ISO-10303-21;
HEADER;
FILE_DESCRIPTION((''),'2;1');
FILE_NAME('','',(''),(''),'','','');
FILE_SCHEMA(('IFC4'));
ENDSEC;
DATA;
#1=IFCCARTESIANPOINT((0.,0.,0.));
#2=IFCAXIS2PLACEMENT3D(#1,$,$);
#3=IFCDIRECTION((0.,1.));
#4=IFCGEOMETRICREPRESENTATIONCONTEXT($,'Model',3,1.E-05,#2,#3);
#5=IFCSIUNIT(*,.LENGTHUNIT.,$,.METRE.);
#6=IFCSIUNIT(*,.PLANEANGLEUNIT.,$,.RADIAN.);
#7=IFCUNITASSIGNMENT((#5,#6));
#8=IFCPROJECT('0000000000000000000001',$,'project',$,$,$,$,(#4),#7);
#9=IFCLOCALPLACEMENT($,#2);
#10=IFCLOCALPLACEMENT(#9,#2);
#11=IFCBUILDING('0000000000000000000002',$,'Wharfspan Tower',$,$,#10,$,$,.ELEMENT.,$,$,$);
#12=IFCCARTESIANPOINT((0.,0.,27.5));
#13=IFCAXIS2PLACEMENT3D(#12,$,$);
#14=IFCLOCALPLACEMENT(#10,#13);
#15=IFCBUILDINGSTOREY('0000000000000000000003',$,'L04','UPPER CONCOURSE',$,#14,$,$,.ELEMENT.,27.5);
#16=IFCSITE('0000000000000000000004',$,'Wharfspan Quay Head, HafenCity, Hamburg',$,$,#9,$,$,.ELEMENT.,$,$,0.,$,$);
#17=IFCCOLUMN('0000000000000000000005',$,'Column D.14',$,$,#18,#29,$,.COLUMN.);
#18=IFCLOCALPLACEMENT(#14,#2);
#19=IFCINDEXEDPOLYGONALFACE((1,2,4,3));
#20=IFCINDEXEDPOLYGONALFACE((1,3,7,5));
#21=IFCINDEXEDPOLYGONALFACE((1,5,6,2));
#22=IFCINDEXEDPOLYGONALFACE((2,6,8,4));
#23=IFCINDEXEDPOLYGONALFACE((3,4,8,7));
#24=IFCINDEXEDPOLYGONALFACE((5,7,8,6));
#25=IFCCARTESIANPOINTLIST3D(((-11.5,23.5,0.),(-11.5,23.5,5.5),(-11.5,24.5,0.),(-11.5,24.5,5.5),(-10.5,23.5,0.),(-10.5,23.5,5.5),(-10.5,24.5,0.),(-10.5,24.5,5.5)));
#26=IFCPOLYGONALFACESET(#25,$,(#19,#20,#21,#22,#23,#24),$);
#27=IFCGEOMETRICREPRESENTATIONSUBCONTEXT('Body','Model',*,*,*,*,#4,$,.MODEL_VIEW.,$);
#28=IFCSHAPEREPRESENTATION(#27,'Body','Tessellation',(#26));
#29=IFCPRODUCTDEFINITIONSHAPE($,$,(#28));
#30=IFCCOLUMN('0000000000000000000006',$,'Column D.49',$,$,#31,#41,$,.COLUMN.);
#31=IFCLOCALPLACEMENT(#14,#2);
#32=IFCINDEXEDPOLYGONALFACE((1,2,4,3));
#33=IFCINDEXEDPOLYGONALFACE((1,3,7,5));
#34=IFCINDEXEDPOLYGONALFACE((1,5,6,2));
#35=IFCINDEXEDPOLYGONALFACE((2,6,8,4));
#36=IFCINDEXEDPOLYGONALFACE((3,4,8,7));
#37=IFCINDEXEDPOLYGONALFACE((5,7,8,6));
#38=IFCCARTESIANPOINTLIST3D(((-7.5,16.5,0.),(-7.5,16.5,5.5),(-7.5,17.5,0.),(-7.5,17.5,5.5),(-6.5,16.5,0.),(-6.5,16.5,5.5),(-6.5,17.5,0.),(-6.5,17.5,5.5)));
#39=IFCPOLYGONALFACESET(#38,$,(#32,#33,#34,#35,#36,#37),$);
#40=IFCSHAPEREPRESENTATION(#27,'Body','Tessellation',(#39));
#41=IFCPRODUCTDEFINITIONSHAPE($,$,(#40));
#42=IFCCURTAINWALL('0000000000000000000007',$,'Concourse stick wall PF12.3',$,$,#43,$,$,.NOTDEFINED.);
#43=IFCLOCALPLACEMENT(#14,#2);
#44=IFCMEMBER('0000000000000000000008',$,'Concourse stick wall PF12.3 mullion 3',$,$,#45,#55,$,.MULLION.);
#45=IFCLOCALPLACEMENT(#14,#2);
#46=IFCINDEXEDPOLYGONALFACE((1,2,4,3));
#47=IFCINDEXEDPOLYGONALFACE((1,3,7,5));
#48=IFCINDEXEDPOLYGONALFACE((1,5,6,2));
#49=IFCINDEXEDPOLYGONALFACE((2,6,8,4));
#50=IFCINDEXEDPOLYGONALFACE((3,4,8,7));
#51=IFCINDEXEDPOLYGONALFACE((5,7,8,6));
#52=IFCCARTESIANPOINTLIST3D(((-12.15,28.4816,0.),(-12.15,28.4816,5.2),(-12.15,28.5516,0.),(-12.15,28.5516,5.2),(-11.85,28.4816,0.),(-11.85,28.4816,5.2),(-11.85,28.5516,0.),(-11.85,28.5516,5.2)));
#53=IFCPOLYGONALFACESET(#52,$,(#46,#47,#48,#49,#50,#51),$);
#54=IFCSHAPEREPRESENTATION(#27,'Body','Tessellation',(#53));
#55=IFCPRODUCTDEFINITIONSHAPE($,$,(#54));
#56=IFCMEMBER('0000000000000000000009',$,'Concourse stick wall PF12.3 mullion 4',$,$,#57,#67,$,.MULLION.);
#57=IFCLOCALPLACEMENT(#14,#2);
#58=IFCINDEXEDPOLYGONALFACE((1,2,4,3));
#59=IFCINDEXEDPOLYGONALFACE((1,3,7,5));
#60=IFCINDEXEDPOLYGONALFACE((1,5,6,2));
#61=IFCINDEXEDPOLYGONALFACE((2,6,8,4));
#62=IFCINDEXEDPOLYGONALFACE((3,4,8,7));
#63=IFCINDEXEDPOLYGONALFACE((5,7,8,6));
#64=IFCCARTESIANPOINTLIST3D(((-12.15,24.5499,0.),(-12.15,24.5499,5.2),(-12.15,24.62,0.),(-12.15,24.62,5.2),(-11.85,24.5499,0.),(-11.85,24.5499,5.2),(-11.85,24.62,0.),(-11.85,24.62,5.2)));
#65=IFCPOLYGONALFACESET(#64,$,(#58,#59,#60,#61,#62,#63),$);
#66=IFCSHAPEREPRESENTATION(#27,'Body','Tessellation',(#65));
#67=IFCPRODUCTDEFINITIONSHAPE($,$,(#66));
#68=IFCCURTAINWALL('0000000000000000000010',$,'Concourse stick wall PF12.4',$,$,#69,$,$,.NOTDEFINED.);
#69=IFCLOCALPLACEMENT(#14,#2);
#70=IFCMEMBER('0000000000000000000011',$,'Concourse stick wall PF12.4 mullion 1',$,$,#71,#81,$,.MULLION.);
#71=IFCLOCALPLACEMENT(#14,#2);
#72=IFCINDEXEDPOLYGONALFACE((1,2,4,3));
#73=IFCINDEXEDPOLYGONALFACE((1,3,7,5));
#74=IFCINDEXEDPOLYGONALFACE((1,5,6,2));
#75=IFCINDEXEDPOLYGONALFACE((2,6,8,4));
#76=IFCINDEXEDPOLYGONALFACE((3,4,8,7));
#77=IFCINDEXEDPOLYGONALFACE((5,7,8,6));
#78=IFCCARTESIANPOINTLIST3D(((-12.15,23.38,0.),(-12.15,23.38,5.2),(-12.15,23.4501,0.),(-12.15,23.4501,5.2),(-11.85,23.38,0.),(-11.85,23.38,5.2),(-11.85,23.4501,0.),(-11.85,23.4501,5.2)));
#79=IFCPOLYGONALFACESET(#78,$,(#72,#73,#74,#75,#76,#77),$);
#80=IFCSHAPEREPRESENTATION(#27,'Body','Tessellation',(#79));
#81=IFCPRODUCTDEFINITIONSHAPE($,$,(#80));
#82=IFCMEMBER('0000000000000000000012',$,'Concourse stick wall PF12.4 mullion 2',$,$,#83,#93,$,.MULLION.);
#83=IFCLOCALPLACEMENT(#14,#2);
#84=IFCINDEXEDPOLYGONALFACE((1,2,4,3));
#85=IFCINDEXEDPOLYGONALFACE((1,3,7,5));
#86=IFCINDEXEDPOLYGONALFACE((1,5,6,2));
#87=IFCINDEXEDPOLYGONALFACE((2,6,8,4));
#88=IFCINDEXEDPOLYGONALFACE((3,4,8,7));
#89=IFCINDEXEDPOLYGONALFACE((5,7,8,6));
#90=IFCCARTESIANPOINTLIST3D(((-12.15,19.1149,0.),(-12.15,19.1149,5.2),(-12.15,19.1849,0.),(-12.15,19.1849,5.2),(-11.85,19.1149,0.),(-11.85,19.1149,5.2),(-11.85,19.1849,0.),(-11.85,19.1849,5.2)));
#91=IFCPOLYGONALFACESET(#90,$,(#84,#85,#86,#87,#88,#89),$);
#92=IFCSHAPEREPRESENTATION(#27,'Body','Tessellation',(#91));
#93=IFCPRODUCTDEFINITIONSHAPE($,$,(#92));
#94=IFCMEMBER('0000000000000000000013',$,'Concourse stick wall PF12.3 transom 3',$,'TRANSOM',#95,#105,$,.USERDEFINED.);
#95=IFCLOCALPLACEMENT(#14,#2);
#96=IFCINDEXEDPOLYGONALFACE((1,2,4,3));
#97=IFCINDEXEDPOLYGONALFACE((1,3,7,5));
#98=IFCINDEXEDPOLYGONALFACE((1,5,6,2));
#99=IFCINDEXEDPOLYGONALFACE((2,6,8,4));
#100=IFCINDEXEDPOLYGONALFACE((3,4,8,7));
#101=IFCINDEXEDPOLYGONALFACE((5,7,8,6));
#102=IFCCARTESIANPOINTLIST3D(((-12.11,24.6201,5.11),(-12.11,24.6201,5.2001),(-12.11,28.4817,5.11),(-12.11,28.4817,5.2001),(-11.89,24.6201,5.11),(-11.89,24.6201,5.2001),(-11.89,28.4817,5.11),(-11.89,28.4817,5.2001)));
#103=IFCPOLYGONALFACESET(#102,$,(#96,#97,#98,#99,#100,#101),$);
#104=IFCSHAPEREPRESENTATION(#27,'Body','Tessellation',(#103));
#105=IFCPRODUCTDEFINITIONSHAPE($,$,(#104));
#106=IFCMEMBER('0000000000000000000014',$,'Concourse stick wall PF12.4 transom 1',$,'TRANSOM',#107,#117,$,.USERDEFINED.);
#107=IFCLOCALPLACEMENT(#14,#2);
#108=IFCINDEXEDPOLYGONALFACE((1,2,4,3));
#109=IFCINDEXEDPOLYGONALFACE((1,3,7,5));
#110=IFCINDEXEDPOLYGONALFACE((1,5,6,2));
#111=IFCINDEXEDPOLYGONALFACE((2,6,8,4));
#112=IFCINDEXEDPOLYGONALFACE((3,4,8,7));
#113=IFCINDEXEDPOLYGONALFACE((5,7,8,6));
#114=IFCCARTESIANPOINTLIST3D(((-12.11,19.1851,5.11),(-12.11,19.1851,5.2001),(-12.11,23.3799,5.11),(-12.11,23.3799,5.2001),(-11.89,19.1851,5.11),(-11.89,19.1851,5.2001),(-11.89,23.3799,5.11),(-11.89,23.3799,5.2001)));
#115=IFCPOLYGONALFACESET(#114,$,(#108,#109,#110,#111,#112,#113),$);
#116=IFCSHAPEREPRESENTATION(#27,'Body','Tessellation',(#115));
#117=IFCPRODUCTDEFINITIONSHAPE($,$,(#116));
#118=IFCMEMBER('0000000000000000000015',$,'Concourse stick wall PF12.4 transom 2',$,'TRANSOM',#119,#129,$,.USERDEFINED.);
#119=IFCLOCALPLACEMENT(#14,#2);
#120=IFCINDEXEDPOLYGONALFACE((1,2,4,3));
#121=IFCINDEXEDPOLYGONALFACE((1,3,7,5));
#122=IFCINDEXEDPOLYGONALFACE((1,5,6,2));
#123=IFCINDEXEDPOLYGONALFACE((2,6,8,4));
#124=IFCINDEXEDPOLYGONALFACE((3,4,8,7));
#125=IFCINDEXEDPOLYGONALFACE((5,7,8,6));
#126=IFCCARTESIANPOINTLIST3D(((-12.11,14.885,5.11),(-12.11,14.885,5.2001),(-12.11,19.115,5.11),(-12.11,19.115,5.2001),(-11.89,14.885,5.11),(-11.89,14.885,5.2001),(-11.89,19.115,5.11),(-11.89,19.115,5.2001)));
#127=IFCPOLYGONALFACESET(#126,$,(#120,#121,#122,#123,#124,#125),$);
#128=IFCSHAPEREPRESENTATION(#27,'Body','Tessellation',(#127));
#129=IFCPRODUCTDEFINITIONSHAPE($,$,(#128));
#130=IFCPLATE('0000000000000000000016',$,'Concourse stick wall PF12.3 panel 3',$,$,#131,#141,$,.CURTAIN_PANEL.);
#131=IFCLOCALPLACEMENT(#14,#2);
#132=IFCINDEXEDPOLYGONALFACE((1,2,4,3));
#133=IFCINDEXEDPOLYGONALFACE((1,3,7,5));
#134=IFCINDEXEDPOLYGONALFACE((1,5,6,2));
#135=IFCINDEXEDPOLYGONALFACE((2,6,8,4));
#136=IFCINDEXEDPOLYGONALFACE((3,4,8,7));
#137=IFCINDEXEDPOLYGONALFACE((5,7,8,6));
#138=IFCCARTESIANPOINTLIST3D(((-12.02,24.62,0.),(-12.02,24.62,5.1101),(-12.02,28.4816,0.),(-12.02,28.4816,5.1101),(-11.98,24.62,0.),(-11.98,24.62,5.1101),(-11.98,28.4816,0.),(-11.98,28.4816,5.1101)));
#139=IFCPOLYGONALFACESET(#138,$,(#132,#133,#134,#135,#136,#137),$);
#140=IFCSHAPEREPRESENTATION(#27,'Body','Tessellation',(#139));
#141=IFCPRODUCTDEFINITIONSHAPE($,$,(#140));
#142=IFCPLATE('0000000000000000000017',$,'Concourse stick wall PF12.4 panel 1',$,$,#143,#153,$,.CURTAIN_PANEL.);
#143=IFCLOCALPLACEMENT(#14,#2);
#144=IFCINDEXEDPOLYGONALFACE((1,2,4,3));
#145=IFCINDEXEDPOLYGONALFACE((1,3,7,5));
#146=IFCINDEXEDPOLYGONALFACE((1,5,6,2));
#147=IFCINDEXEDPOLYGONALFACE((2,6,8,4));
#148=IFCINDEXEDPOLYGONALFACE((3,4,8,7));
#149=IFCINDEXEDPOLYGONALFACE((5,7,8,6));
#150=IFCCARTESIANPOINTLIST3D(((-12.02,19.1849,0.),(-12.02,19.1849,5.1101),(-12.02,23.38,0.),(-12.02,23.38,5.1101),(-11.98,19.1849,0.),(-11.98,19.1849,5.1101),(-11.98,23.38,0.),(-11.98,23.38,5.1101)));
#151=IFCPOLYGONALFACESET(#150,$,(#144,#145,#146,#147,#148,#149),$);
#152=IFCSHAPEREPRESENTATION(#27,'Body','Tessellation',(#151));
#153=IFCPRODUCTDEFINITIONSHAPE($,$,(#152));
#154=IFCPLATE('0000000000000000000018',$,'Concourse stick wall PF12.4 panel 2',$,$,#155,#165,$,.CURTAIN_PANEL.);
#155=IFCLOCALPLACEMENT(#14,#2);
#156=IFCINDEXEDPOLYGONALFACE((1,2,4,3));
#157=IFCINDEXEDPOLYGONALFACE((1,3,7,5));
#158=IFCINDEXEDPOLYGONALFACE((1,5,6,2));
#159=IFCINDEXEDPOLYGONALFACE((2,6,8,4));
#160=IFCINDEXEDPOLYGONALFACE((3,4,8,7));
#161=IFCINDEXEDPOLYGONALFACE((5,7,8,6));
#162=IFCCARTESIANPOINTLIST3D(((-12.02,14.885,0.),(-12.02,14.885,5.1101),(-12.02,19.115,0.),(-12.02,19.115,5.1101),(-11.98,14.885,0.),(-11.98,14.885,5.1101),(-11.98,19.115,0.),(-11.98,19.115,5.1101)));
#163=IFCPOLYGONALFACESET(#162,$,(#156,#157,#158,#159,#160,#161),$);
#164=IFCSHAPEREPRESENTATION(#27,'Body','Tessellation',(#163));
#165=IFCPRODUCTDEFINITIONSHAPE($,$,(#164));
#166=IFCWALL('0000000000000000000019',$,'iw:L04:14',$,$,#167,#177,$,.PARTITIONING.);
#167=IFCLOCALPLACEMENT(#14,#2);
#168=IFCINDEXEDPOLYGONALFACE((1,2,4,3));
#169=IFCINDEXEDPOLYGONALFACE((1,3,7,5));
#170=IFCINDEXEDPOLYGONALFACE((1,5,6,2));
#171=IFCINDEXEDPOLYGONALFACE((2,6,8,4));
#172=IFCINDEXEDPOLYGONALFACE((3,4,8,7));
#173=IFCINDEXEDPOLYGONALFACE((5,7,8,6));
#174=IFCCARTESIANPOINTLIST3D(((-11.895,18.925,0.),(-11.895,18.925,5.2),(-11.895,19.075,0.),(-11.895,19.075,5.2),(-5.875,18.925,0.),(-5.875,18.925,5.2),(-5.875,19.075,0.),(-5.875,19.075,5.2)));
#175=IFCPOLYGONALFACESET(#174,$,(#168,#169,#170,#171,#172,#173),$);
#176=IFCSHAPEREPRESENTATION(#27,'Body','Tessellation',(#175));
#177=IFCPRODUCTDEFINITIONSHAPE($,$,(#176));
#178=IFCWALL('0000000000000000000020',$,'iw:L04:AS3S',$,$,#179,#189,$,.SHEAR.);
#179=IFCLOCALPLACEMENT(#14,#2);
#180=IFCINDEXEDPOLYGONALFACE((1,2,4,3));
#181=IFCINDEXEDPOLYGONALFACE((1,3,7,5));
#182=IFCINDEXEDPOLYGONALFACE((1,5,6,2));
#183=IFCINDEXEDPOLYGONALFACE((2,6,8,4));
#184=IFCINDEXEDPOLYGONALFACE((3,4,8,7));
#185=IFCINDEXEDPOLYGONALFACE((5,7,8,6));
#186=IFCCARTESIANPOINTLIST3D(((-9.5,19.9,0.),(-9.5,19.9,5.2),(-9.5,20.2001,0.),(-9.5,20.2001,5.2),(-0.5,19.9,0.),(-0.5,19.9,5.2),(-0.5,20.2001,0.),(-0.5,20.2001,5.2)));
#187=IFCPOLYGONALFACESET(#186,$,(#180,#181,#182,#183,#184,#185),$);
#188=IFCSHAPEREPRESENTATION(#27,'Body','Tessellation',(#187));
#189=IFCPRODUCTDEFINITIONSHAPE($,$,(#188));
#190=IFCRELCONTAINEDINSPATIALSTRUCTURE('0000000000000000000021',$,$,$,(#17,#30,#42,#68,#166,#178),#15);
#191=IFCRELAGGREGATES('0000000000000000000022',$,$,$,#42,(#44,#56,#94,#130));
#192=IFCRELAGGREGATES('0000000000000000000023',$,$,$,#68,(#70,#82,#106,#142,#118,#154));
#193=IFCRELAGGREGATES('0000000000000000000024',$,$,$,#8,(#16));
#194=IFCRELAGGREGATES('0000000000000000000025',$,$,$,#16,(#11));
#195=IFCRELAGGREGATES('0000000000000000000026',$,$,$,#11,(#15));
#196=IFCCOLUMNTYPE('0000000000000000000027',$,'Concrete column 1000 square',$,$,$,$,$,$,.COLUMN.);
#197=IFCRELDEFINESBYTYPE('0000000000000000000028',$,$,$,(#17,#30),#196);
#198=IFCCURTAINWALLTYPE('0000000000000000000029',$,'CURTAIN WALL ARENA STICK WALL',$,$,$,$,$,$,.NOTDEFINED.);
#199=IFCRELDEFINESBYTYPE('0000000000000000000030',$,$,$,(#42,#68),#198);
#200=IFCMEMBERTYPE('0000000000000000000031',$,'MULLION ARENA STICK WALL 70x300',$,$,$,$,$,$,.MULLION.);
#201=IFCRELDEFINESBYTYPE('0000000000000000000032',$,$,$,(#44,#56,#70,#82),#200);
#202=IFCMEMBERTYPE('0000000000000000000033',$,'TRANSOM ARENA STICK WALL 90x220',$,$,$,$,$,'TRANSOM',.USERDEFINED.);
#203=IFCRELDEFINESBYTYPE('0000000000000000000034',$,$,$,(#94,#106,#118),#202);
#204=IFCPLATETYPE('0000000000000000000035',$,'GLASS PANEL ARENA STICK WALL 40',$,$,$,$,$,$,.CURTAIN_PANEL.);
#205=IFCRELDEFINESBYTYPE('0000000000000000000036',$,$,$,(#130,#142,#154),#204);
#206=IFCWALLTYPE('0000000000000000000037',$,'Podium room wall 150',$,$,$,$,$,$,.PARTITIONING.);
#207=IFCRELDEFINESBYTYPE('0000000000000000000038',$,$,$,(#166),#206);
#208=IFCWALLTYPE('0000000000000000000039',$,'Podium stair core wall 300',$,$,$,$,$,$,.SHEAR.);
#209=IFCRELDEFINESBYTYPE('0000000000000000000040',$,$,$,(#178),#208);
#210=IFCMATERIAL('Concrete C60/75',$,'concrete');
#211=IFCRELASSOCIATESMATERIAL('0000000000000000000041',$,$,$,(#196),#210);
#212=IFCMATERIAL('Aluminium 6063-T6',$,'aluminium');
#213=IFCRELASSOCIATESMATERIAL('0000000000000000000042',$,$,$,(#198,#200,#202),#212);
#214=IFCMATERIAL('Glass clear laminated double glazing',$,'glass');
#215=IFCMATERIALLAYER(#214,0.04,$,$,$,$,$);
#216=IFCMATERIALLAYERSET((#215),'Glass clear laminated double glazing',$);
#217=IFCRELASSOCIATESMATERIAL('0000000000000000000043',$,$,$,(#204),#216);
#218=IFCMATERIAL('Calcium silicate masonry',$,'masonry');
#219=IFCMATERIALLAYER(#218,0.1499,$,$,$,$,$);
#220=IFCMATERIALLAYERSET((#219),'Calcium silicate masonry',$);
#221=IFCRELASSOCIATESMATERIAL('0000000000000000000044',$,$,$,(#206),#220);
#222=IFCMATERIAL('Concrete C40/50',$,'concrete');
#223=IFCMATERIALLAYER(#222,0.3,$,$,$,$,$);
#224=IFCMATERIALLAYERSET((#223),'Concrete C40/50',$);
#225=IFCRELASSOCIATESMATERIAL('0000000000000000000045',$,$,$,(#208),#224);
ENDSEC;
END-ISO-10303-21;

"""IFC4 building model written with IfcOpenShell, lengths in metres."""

from ifc_helpers import new_model, si_unit, direction, frame, frame_2d, origin, origin_2d, place, context, subcontext, project, spatial, rectangle, extrude, material, layer, layer_set, material_profile, profile_set, type_object, element, aggregate, save


model = new_model("IFC4")

# Units and contexts
model_context = context("Model", 3, precision=1e-05, world=origin(), true_north=direction((0.0, 1.0)))
body_context = subcontext(model_context, "Body", "Model", "MODEL_VIEW")
ifc_project = project(units=[si_unit("LENGTHUNIT", "METRE"), si_unit("PLANEANGLEUNIT", "RADIAN")], contexts=[model_context])

# Site, building, storey
site_placement = place(None, origin())
site = spatial("IfcSite", under=ifc_project, at=site_placement, Name="Wharfspan Quay Head, HafenCity, Hamburg", CompositionType="ELEMENT", RefElevation=0.0)
building_placement = place(site_placement, origin())
building = spatial("IfcBuilding", under=site, at=building_placement, Name="Wharfspan Tower", CompositionType="ELEMENT")
storey_placement = place(building_placement, frame((0.0, 0.0, 27.5)))
storey = spatial("IfcBuildingStorey", under=building, at=storey_placement, Name="L04", Description="UPPER CONCOURSE", CompositionType="ELEMENT", Elevation=27.5)

# Columns
ifc_material_1 = material(Name="Concrete C60/75", Category="concrete")
ifc_material_profile_1 = material_profile(ifc_material_1, rectangle(XDim=1.0, YDim=1.0, at=origin_2d()))
ifc_profile_set_1 = profile_set([ifc_material_profile_1], Name="Concrete C60/75")
column_type = type_object("IfcColumnType", Name="Concrete column 1000 square", PredefinedType="COLUMN", material=ifc_profile_set_1)
for number, where, z_axis, x_axis, name in (
    (1, (-11.0, 24.0, 0.0), (0.0, 0.0, 1.0), (1.0, 0.0, 0.0), "Column D.14"),
    (2, (-7.0, 17.0, 0.0), (0.0, 0.0, 1.0), (1.0, 0.0, 0.0), "Column D.49"),
):
    element("IfcColumn", number, at=place(storey_placement, frame(where, z_axis=z_axis, x_axis=x_axis)), inside=storey, type_object=column_type, Name=name, PredefinedType="COLUMN", context=body_context, shape_type="SweptSolid", body=[
        extrude(rectangle(XDim=1.0, YDim=1.0, at=origin_2d()), origin(), (0.0, 0.0, 1.0), 5.5),
    ])

# Curtain walls, members
ifc_material_2 = material(Name="Aluminium 6063-T6", Category="aluminium")
curtain_wall_type = type_object("IfcCurtainWallType", Name="CURTAIN WALL ARENA STICK WALL", PredefinedType="NOTDEFINED", material=ifc_material_2)
curtain_wall_1_placement = place(storey_placement, origin())
curtain_wall_1 = element("IfcCurtainWall", 3, at=curtain_wall_1_placement, inside=storey, type_object=curtain_wall_type, Name="Concourse stick wall PF12.3", PredefinedType="NOTDEFINED")
ifc_material_profile_2 = material_profile(ifc_material_2, rectangle(XDim=0.3, YDim=0.0701, at=origin_2d()))
ifc_profile_set_2 = profile_set([ifc_material_profile_2], Name="Aluminium 6063-T6")
member_type_1 = type_object("IfcMemberType", Name="MULLION ARENA STICK WALL 70x300", PredefinedType="MULLION", material=ifc_profile_set_2)
member_1_placement = place(storey_placement, frame((-12.0, 28.5166, 0.0), z_axis=(0.0, 0.0, 1.0), x_axis=(1.0, 0.0, 0.0)))
member_1 = element("IfcMember", 4, at=member_1_placement, type_object=member_type_1, Name="Concourse stick wall PF12.3 mullion 3", PredefinedType="MULLION", context=body_context, shape_type="SweptSolid", body=[
    extrude(rectangle(XDim=0.3, YDim=0.0701, at=origin_2d()), origin(), (0.0, 0.0, 1.0), 5.2),
])
member_2_placement = place(storey_placement, frame((-12.0, 24.585, 0.0), z_axis=(0.0, 0.0, 1.0), x_axis=(1.0, 0.0, 0.0)))
member_2 = element("IfcMember", 5, at=member_2_placement, type_object=member_type_1, Name="Concourse stick wall PF12.3 mullion 4", PredefinedType="MULLION", context=body_context, shape_type="SweptSolid", body=[
    extrude(rectangle(XDim=0.3, YDim=0.0701, at=origin_2d()), origin(), (0.0, 0.0, 1.0), 5.2),
])
curtain_wall_2_placement = place(storey_placement, origin())
curtain_wall_2 = element("IfcCurtainWall", 6, at=curtain_wall_2_placement, inside=storey, type_object=curtain_wall_type, Name="Concourse stick wall PF12.4", PredefinedType="NOTDEFINED")
member_3_placement = place(storey_placement, frame((-12.0, 23.415, 0.0), z_axis=(0.0, 0.0, 1.0), x_axis=(1.0, 0.0, 0.0)))
member_3 = element("IfcMember", 7, at=member_3_placement, type_object=member_type_1, Name="Concourse stick wall PF12.4 mullion 1", PredefinedType="MULLION", context=body_context, shape_type="SweptSolid", body=[
    extrude(rectangle(XDim=0.3, YDim=0.0701, at=origin_2d()), origin(), (0.0, 0.0, 1.0), 5.2),
])
member_4_placement = place(storey_placement, frame((-12.0, 19.1499, 0.0), z_axis=(0.0, 0.0, 1.0), x_axis=(1.0, 0.0, 0.0)))
member_4 = element("IfcMember", 8, at=member_4_placement, type_object=member_type_1, Name="Concourse stick wall PF12.4 mullion 2", PredefinedType="MULLION", context=body_context, shape_type="SweptSolid", body=[
    extrude(rectangle(XDim=0.3, YDim=0.0701, at=origin_2d()), origin(), (0.0, 0.0, 1.0), 5.2),
])

# Members
ifc_material_profile_3 = material_profile(ifc_material_2, rectangle(XDim=0.22, YDim=0.0901, at=origin_2d()))
ifc_profile_set_3 = profile_set([ifc_material_profile_3], Name="Aluminium 6063-T6")
member_type_2 = type_object("IfcMemberType", Name="TRANSOM ARENA STICK WALL 90x220", ElementType="TRANSOM", PredefinedType="USERDEFINED", material=ifc_profile_set_3)
member_5_placement = place(storey_placement, frame((-12.0, 28.4817, 5.155), z_axis=(0.0, -1.0, 0.0), x_axis=(1.0, 0.0, 0.0)))
member_5 = element("IfcMember", 9, at=member_5_placement, type_object=member_type_2, Name="Concourse stick wall PF12.3 transom 3", ObjectType="TRANSOM", PredefinedType="USERDEFINED", context=body_context, shape_type="SweptSolid", body=[
    extrude(rectangle(XDim=0.22, YDim=0.0901, at=origin_2d()), origin(), (0.0, 0.0, 1.0), 3.8616),
])
member_6_placement = place(storey_placement, frame((-12.0, 23.3799, 5.155), z_axis=(0.0, -1.0, 0.0), x_axis=(1.0, 0.0, 0.0)))
member_6 = element("IfcMember", 10, at=member_6_placement, type_object=member_type_2, Name="Concourse stick wall PF12.4 transom 1", ObjectType="TRANSOM", PredefinedType="USERDEFINED", context=body_context, shape_type="SweptSolid", body=[
    extrude(rectangle(XDim=0.22, YDim=0.0901, at=origin_2d()), origin(), (0.0, 0.0, 1.0), 4.1948),
])
member_7_placement = place(storey_placement, frame((-12.0, 19.115, 5.155), z_axis=(0.0, -1.0, 0.0), x_axis=(1.0, 0.0, 0.0)))
member_7 = element("IfcMember", 11, at=member_7_placement, type_object=member_type_2, Name="Concourse stick wall PF12.4 transom 2", ObjectType="TRANSOM", PredefinedType="USERDEFINED", context=body_context, shape_type="SweptSolid", body=[
    extrude(rectangle(XDim=0.22, YDim=0.0901, at=origin_2d()), origin(), (0.0, 0.0, 1.0), 4.23),
])

# Plates
ifc_material_3 = material(Name="Glass clear laminated double glazing", Category="glass")
ifc_layer_1 = layer(ifc_material_3, 0.04)
ifc_layer_set_1 = layer_set([ifc_layer_1], Name="Glass clear laminated double glazing")
plate_type = type_object("IfcPlateType", Name="GLASS PANEL ARENA STICK WALL 40", PredefinedType="CURTAIN_PANEL", material=ifc_layer_set_1)
plate_1_placement = place(storey_placement, frame((-12.0, 26.5508, 0.0), z_axis=(0.0, 0.0, 1.0), x_axis=(0.0, -1.0, 0.0)))
plate_1 = element("IfcPlate", 12, at=plate_1_placement, type_object=plate_type, Name="Concourse stick wall PF12.3 panel 3", PredefinedType="CURTAIN_PANEL", context=body_context, shape_type="SweptSolid", body=[
    extrude(rectangle(XDim=3.8616, YDim=0.04, at=origin_2d()), origin(), (0.0, 0.0, 1.0), 5.1101),
])
aggregate(curtain_wall_1, [member_1, member_2, member_5, plate_1])
plate_2_placement = place(storey_placement, frame((-12.0, 21.2825, 0.0), z_axis=(0.0, 0.0, 1.0), x_axis=(0.0, -1.0, 0.0)))
plate_2 = element("IfcPlate", 13, at=plate_2_placement, type_object=plate_type, Name="Concourse stick wall PF12.4 panel 1", PredefinedType="CURTAIN_PANEL", context=body_context, shape_type="SweptSolid", body=[
    extrude(rectangle(XDim=4.1951, YDim=0.04, at=origin_2d()), origin(), (0.0, 0.0, 1.0), 5.1101),
])
plate_3_placement = place(storey_placement, frame((-12.0, 17.0, 0.0), z_axis=(0.0, 0.0, 1.0), x_axis=(0.0, -1.0, 0.0)))
plate_3 = element("IfcPlate", 14, at=plate_3_placement, type_object=plate_type, Name="Concourse stick wall PF12.4 panel 2", PredefinedType="CURTAIN_PANEL", context=body_context, shape_type="SweptSolid", body=[
    extrude(rectangle(XDim=4.23, YDim=0.04, at=origin_2d()), origin(), (0.0, 0.0, 1.0), 5.1101),
])
aggregate(curtain_wall_2, [member_3, member_4, member_6, plate_2, member_7, plate_3])

# Walls
ifc_material_4 = material(Name="Calcium silicate masonry", Category="masonry")
ifc_layer_2 = layer(ifc_material_4, 0.1499)
ifc_layer_set_2 = layer_set([ifc_layer_2], Name="Calcium silicate masonry")
wall_type_1 = type_object("IfcWallType", Name="Podium room wall 150", PredefinedType="PARTITIONING", material=ifc_layer_set_2)
wall_1_placement = place(storey_placement, frame((-11.895, 19.0, 0.0), z_axis=(0.0, 0.0, 1.0), x_axis=(1.0, 0.0, 0.0)))
element("IfcWall", 15, at=wall_1_placement, inside=storey, type_object=wall_type_1, Name="iw:L04:14", PredefinedType="PARTITIONING", context=body_context, shape_type="SweptSolid", body=[
    extrude(rectangle(XDim=6.02, YDim=0.1499, at=frame_2d((3.01, 0.0))), origin(), (0.0, 0.0, 1.0), 5.2),
])
ifc_material_5 = material(Name="Concrete C40/50", Category="concrete")
ifc_layer_3 = layer(ifc_material_5, 0.3)
ifc_layer_set_3 = layer_set([ifc_layer_3], Name="Concrete C40/50")
wall_type_2 = type_object("IfcWallType", Name="Podium stair core wall 300", PredefinedType="SHEAR", material=ifc_layer_set_3)
for number, where, z_axis, x_axis, name in (
    (16, (-9.5, 20.05, 0.0), (0.0, 0.0, 1.0), (1.0, 0.0, 0.0), "iw:L04:AS3S"),
):
    element("IfcWall", number, at=place(storey_placement, frame(where, z_axis=z_axis, x_axis=x_axis)), inside=storey, type_object=wall_type_2, Name=name, PredefinedType="SHEAR", context=body_context, shape_type="SweptSolid", body=[
        extrude(rectangle(XDim=9.0, YDim=0.3, at=frame_2d((4.5, 0.0))), origin(), (0.0, 0.0, 1.0), 5.2),
    ])

save(model, "model.ifc")
